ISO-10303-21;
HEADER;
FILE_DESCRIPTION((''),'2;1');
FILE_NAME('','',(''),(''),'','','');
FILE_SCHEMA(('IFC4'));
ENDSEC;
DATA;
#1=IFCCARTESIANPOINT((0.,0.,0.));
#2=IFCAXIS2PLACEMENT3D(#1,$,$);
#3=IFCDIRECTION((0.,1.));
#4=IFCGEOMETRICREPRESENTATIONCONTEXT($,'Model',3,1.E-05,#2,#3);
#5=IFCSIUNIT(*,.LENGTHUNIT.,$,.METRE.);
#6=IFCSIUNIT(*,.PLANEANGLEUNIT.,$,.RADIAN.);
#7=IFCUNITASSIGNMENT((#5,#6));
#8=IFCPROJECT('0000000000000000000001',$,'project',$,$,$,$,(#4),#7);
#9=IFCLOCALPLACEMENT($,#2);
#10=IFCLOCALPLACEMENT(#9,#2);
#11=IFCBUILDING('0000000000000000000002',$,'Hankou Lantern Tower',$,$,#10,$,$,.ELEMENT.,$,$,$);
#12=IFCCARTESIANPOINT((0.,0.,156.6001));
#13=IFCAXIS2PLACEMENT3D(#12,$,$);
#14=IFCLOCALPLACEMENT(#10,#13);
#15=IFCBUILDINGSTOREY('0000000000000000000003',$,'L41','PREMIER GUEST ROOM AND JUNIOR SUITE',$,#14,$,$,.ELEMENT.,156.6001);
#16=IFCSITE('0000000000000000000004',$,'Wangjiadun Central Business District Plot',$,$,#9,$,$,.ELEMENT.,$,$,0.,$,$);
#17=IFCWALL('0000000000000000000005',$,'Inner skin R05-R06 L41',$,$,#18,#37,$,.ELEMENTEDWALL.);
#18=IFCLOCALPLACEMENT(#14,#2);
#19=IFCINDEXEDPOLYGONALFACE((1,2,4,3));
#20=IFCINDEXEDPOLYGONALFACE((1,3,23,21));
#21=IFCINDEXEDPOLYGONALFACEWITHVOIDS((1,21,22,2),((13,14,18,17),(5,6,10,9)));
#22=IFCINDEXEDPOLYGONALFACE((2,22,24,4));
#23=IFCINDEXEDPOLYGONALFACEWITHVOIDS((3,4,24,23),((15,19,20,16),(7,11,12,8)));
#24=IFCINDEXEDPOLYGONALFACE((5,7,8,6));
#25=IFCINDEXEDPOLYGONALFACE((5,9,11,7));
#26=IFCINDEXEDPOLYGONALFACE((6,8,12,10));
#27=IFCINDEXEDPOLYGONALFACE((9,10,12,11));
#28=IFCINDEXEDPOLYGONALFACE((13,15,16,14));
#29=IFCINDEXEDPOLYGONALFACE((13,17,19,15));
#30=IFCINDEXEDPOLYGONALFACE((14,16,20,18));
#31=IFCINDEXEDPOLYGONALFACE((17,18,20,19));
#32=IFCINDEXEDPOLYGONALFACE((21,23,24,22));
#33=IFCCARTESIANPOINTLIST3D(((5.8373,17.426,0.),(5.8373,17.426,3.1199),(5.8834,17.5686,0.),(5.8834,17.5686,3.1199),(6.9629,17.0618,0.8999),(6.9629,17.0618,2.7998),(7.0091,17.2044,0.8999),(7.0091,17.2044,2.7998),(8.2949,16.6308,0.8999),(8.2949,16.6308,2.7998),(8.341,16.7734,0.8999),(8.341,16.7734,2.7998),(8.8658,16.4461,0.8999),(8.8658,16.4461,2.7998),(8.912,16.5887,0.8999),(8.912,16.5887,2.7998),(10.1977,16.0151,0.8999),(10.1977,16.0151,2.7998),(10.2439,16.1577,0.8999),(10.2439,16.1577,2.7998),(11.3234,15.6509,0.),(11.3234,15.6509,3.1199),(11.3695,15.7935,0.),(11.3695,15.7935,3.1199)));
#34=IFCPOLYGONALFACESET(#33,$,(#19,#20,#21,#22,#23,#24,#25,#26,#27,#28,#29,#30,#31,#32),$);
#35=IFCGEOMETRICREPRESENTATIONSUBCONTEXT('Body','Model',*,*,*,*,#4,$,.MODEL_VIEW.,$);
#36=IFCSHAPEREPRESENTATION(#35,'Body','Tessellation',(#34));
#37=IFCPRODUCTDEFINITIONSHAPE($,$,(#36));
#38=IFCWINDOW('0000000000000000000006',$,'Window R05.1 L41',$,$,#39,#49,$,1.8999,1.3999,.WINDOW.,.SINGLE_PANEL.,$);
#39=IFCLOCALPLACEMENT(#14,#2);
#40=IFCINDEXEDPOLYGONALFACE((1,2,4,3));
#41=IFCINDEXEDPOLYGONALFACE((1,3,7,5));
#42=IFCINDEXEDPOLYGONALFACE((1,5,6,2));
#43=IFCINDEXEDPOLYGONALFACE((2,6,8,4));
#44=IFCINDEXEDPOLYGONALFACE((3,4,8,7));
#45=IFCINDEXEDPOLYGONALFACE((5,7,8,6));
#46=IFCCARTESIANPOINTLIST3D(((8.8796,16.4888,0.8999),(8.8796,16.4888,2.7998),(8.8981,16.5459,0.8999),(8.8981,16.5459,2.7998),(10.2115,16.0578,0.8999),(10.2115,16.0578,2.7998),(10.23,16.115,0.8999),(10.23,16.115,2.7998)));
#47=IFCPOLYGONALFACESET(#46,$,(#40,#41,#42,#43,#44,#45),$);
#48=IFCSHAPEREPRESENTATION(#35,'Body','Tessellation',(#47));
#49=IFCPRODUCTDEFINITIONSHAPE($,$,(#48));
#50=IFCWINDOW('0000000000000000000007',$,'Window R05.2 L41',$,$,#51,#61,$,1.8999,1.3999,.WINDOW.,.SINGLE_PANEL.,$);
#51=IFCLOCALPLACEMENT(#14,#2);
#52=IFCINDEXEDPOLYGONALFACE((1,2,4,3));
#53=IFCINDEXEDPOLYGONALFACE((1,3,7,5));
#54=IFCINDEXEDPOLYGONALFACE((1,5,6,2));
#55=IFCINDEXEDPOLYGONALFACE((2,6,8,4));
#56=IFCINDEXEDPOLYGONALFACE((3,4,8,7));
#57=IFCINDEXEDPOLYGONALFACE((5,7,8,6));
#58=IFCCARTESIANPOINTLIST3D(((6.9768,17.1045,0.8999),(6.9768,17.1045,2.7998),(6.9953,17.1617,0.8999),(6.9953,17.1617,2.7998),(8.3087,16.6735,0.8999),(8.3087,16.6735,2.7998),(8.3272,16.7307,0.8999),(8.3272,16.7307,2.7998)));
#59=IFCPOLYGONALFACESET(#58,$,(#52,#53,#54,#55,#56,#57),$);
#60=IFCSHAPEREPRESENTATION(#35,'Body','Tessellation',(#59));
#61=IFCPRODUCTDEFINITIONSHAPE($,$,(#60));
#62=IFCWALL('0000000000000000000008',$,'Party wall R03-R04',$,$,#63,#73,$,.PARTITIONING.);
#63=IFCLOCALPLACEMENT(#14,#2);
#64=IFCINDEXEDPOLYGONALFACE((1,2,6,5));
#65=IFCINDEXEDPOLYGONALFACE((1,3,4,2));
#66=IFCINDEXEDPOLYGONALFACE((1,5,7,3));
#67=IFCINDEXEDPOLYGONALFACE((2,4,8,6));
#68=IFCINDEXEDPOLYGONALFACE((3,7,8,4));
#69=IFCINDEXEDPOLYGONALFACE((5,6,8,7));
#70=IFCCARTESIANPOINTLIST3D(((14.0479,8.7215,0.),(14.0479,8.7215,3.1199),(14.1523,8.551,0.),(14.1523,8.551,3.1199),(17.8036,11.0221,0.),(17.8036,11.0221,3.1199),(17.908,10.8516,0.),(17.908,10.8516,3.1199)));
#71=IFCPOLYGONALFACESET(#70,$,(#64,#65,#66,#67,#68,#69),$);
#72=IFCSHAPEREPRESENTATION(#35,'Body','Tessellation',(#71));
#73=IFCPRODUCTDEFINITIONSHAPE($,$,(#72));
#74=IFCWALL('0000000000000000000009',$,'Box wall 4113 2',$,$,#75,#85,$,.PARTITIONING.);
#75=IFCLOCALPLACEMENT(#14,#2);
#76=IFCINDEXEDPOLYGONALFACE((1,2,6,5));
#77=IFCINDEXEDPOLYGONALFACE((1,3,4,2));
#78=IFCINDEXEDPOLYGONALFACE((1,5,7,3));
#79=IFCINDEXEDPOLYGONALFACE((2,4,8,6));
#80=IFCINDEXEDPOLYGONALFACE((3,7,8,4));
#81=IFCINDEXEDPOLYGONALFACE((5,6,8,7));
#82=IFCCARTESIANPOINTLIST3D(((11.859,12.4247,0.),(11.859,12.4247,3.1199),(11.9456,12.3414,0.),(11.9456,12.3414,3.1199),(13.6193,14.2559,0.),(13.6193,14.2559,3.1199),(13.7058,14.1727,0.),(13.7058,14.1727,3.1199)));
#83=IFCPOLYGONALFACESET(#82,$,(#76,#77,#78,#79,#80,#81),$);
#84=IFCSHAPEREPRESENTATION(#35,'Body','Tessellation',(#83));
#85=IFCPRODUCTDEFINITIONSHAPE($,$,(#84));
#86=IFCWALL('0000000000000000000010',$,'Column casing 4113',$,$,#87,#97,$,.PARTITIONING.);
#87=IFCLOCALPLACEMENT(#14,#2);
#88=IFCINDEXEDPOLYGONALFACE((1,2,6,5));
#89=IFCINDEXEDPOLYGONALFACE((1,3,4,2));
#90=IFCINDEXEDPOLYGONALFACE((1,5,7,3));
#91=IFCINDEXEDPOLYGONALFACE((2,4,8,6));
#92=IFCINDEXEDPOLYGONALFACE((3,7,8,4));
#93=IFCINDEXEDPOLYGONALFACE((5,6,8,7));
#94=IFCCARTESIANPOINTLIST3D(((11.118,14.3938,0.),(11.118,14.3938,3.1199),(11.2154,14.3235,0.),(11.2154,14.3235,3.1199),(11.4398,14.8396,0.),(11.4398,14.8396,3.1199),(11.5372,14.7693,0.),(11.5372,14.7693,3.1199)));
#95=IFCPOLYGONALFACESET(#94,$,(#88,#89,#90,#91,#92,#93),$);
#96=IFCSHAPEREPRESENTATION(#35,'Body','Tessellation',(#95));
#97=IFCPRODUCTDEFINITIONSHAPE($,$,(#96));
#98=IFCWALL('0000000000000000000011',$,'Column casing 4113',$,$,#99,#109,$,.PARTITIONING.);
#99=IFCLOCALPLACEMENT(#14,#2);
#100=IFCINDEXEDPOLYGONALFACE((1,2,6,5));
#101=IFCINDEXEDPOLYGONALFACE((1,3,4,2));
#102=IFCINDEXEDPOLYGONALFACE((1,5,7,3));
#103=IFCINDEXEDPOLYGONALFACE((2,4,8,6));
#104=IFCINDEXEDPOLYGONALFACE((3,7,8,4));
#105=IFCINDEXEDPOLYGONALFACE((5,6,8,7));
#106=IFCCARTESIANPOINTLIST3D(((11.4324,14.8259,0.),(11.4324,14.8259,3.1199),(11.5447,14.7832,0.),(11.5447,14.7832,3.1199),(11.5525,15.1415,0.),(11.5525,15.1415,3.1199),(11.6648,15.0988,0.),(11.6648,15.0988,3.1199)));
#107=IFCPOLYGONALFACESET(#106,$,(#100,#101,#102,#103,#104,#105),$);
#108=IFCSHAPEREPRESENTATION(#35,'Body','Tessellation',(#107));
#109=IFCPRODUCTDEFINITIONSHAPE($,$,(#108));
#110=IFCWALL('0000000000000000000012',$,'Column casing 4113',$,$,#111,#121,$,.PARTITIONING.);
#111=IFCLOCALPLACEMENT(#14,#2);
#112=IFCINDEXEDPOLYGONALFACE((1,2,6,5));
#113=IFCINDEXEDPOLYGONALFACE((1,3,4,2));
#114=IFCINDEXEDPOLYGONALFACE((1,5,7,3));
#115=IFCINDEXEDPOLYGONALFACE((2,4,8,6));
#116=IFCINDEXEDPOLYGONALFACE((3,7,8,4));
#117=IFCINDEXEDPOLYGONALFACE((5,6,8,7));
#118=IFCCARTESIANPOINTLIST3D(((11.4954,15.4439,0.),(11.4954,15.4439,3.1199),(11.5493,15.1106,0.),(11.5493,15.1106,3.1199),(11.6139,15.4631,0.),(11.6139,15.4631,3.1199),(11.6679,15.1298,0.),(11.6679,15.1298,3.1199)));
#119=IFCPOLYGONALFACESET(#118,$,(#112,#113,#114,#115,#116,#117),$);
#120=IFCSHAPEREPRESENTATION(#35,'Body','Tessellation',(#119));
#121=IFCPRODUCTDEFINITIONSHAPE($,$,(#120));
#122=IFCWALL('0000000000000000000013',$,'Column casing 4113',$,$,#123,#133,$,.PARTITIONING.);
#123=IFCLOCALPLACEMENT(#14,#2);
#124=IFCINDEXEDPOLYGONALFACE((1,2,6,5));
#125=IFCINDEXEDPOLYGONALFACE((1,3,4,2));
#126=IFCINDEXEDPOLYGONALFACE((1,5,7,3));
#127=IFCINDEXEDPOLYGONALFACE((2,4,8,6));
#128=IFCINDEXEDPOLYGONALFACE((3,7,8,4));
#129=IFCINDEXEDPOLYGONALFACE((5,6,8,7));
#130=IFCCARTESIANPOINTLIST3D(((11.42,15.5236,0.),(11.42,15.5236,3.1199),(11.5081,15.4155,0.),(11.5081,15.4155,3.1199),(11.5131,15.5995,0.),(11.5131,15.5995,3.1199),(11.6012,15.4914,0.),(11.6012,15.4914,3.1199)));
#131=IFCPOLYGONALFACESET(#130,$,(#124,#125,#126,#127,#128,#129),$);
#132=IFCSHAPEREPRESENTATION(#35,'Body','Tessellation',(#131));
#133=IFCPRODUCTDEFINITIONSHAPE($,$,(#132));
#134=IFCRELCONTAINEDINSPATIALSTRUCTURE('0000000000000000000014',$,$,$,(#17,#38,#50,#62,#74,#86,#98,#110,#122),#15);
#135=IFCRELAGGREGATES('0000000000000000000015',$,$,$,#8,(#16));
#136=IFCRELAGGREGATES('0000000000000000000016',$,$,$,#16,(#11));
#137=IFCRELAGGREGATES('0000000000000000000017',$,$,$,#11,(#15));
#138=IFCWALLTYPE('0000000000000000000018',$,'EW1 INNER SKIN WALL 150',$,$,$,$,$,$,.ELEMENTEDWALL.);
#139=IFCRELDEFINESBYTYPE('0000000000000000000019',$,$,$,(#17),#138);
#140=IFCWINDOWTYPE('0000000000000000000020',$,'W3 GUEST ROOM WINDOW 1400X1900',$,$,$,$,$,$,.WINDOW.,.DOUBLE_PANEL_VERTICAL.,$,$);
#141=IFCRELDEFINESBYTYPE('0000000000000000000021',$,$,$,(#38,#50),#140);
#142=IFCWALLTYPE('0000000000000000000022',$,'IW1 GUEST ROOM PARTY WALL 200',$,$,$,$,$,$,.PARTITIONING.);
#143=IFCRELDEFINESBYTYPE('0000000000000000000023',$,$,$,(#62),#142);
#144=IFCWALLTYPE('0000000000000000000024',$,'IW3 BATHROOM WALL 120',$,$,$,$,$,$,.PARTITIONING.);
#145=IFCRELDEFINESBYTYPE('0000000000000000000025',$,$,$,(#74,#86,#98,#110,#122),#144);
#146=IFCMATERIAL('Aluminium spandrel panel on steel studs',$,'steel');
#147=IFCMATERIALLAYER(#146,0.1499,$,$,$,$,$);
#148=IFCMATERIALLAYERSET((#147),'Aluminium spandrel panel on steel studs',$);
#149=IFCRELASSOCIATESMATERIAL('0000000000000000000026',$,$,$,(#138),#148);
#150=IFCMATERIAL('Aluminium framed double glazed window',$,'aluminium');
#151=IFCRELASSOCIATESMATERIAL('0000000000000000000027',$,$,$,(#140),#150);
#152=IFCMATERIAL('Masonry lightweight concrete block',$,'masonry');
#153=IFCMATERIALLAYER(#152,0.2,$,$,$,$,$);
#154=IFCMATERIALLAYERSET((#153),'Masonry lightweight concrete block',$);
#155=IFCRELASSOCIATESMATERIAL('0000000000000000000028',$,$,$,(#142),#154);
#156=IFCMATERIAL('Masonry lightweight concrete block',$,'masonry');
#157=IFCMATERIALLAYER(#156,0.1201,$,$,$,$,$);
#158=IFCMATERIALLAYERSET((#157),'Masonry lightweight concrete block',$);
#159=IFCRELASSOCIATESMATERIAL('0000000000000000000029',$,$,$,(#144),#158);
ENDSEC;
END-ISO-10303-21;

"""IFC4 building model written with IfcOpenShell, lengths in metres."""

from ifc_helpers import new_model, si_unit, direction, frame, frame_2d, origin, place, context, subcontext, project, spatial, rectangle, extrude, material, layer, layer_set, type_object, element, fill, save


model = new_model("IFC4")

# Units and contexts
model_context = context("Model", 3, precision=1e-05, world=origin(), true_north=direction((0.0, 1.0)))
body_context = subcontext(model_context, "Body", "Model", "MODEL_VIEW")
ifc_project = project(units=[si_unit("LENGTHUNIT", "METRE"), si_unit("PLANEANGLEUNIT", "RADIAN")], contexts=[model_context])

# Site, building, storey
site_placement = place(None, origin())
site = spatial("IfcSite", under=ifc_project, at=site_placement, Name="Wangjiadun Central Business District Plot", CompositionType="ELEMENT", RefElevation=0.0)
building_placement = place(site_placement, origin())
building = spatial("IfcBuilding", under=site, at=building_placement, Name="Hankou Lantern Tower", CompositionType="ELEMENT")
storey_placement = place(building_placement, frame((0.0, 0.0, 156.6001)))
storey = spatial("IfcBuildingStorey", under=building, at=storey_placement, Name="L41", Description="PREMIER GUEST ROOM AND JUNIOR SUITE", CompositionType="ELEMENT", Elevation=156.6001)

# Wall, openings, windows
ifc_material_1 = material(Name="Aluminium spandrel panel on steel studs", Category="steel")
ifc_layer_1 = layer(ifc_material_1, 0.1499)
ifc_layer_set_1 = layer_set([ifc_layer_1], Name="Aluminium spandrel panel on steel studs")
wall_type_1 = type_object("IfcWallType", Name="EW1 INNER SKIN WALL 150", PredefinedType="ELEMENTEDWALL", material=ifc_layer_set_1)
ifc_material_2 = material(Name="Aluminium framed double glazed window", Category="aluminium")
window_type = type_object("IfcWindowType", Name="W3 GUEST ROOM WINDOW 1400X1900", PartitioningType="DOUBLE_PANEL_VERTICAL", PredefinedType="WINDOW", material=ifc_material_2)
wall_1_placement = place(storey_placement, frame((11.3464, 15.7222, 0.0), z_axis=(0.0, 0.0, 1.0), x_axis=(-0.951432, 0.307857, 0.0)))
wall_1 = element("IfcWall", 1, at=wall_1_placement, inside=storey, type_object=wall_type_1, Name="Inner skin R05-R06 L41", PredefinedType="ELEMENTEDWALL", context=body_context, shape_type="SweptSolid", body=[
    extrude(rectangle(XDim=5.7661, YDim=0.1499, at=frame_2d((2.8831, 0.0))), origin(), (0.0, 0.0, 1.0), 3.1199),
])
opening_1_placement = place(wall_1_placement, frame((1.1831, 0.0, 0.8999)))
opening_1 = element("IfcOpeningElement", 2, at=opening_1_placement, cuts=wall_1, PredefinedType="OPENING", context=body_context, shape_type="SweptSolid", body=[
    extrude(rectangle(XDim=1.3999, YDim=1.8999, at=frame_2d((0.7, 0.95))), frame((0.0, 0.085, 0.0), z_axis=(0.0, -1.0, 0.0), x_axis=(1.0, 0.0, 0.0)), (0.0, 0.0, 1.0), 0.1699),
])
opening_2_placement = place(wall_1_placement, frame((3.1831, 0.0, 0.8999)))
opening_2 = element("IfcOpeningElement", 3, at=opening_2_placement, cuts=wall_1, PredefinedType="OPENING", context=body_context, shape_type="SweptSolid", body=[
    extrude(rectangle(XDim=1.3999, YDim=1.8999, at=frame_2d((0.7, 0.95))), frame((0.0, 0.085, 0.0), z_axis=(0.0, -1.0, 0.0), x_axis=(1.0, 0.0, 0.0)), (0.0, 0.0, 1.0), 0.1699),
])
window_1_placement = place(opening_1_placement, origin())
window_1 = element("IfcWindow", 4, at=window_1_placement, inside=storey, type_object=window_type, Name="Window R05.1 L41", OverallHeight=1.8999, OverallWidth=1.3999, PartitioningType="SINGLE_PANEL", PredefinedType="WINDOW", context=body_context, shape_type="SweptSolid", body=[
    extrude(rectangle(XDim=1.3999, YDim=1.8999, at=frame_2d((0.7, 0.95))), frame((0.0, 0.03, 0.0), z_axis=(0.0, -1.0, 0.0), x_axis=(1.0, 0.0, 0.0)), (0.0, 0.0, 1.0), 0.0601),
])
fill(opening_1, window_1)
window_2_placement = place(opening_2_placement, origin())
window_2 = element("IfcWindow", 5, at=window_2_placement, inside=storey, type_object=window_type, Name="Window R05.2 L41", OverallHeight=1.8999, OverallWidth=1.3999, PartitioningType="SINGLE_PANEL", PredefinedType="WINDOW", context=body_context, shape_type="SweptSolid", body=[
    extrude(rectangle(XDim=1.3999, YDim=1.8999, at=frame_2d((0.7, 0.95))), frame((0.0, 0.03, 0.0), z_axis=(0.0, -1.0, 0.0), x_axis=(1.0, 0.0, 0.0)), (0.0, 0.0, 1.0), 0.0601),
])
fill(opening_2, window_2)

# Walls
ifc_material_3 = material(Name="Masonry lightweight concrete block", Category="masonry")
ifc_layer_2 = layer(ifc_material_3, 0.2)
ifc_layer_set_2 = layer_set([ifc_layer_2], Name="Masonry lightweight concrete block")
wall_type_2 = type_object("IfcWallType", Name="IW1 GUEST ROOM PARTY WALL 200", PredefinedType="PARTITIONING", material=ifc_layer_set_2)
wall_2_placement = place(storey_placement, frame((14.1001, 8.6362, 0.0), z_axis=(0.0, 0.0, 1.0), x_axis=(0.852732, 0.522349, 0.0)))
element("IfcWall", 6, at=wall_2_placement, inside=storey, type_object=wall_type_2, Name="Party wall R03-R04", PredefinedType="PARTITIONING", context=body_context, shape_type="SweptSolid", body=[
    extrude(rectangle(XDim=4.4043, YDim=0.2, at=frame_2d((2.2021, 0.0))), origin(), (0.0, 0.0, 1.0), 3.1199),
])
ifc_material_4 = material(Name="Masonry lightweight concrete block", Category="masonry")
ifc_layer_3 = layer(ifc_material_4, 0.1201)
ifc_layer_set_3 = layer_set([ifc_layer_3], Name="Masonry lightweight concrete block")
wall_type_3 = type_object("IfcWallType", Name="IW3 BATHROOM WALL 120", PredefinedType="PARTITIONING", material=ifc_layer_set_3)
wall_3_placement = place(storey_placement, frame((11.9023, 12.3831, 0.0), z_axis=(0.0, 0.0, 1.0), x_axis=(0.692984, 0.720953, 0.0)))
element("IfcWall", 7, at=wall_3_placement, inside=storey, type_object=wall_type_3, Name="Box wall 4113 2", PredefinedType="PARTITIONING", context=body_context, shape_type="SweptSolid", body=[
    extrude(rectangle(XDim=2.54, YDim=0.1201, at=frame_2d((1.27, 0.0))), origin(), (0.0, 0.0, 1.0), 3.1199),
])
wall_4_placement = place(storey_placement, frame((11.1667, 14.3586, 0.0), z_axis=(0.0, 0.0, 1.0), x_axis=(0.585264, 0.810843, 0.0)))
element("IfcWall", 8, at=wall_4_placement, inside=storey, type_object=wall_type_3, Name="Column casing 4113", PredefinedType="PARTITIONING", context=body_context, shape_type="SweptSolid", body=[
    extrude(rectangle(XDim=0.5498, YDim=0.1201, at=frame_2d((0.2749, 0.0))), origin(), (0.0, 0.0, 1.0), 3.1199),
])
for number, where, z_axis, x_axis, name in (
    (9, (11.4885, 14.8044, 0.0), (0.0, 0.0, 1.0), (0.355635, 0.934625, 0.0), "Column casing 4113"),
    (10, (11.6086, 15.1201, 0.0), (0.0, 0.0, 1.0), (-0.159824, 0.987146, 0.0), "Column casing 4113"),
):
    element("IfcWall", number, at=place(storey_placement, frame(where, z_axis=z_axis, x_axis=x_axis)), inside=storey, type_object=wall_type_3, Name=name, PredefinedType="PARTITIONING", context=body_context, shape_type="SweptSolid", body=[
        extrude(rectangle(XDim=0.3376, YDim=0.1201, at=frame_2d((0.1689, 0.0))), origin(), (0.0, 0.0, 1.0), 3.1199),
    ])
wall_5_placement = place(storey_placement, frame((11.5547, 15.4534, 0.0), z_axis=(0.0, 0.0, 1.0), x_axis=(-0.631712, 0.775203, 0.0)))
element("IfcWall", 11, at=wall_5_placement, inside=storey, type_object=wall_type_3, Name="Column casing 4113", PredefinedType="PARTITIONING", context=body_context, shape_type="SweptSolid", body=[
    extrude(rectangle(XDim=0.1394, YDim=0.1201, at=frame_2d((0.0698, 0.0))), origin(), (0.0, 0.0, 1.0), 3.1199),
])

save(model, "model.ifc")
